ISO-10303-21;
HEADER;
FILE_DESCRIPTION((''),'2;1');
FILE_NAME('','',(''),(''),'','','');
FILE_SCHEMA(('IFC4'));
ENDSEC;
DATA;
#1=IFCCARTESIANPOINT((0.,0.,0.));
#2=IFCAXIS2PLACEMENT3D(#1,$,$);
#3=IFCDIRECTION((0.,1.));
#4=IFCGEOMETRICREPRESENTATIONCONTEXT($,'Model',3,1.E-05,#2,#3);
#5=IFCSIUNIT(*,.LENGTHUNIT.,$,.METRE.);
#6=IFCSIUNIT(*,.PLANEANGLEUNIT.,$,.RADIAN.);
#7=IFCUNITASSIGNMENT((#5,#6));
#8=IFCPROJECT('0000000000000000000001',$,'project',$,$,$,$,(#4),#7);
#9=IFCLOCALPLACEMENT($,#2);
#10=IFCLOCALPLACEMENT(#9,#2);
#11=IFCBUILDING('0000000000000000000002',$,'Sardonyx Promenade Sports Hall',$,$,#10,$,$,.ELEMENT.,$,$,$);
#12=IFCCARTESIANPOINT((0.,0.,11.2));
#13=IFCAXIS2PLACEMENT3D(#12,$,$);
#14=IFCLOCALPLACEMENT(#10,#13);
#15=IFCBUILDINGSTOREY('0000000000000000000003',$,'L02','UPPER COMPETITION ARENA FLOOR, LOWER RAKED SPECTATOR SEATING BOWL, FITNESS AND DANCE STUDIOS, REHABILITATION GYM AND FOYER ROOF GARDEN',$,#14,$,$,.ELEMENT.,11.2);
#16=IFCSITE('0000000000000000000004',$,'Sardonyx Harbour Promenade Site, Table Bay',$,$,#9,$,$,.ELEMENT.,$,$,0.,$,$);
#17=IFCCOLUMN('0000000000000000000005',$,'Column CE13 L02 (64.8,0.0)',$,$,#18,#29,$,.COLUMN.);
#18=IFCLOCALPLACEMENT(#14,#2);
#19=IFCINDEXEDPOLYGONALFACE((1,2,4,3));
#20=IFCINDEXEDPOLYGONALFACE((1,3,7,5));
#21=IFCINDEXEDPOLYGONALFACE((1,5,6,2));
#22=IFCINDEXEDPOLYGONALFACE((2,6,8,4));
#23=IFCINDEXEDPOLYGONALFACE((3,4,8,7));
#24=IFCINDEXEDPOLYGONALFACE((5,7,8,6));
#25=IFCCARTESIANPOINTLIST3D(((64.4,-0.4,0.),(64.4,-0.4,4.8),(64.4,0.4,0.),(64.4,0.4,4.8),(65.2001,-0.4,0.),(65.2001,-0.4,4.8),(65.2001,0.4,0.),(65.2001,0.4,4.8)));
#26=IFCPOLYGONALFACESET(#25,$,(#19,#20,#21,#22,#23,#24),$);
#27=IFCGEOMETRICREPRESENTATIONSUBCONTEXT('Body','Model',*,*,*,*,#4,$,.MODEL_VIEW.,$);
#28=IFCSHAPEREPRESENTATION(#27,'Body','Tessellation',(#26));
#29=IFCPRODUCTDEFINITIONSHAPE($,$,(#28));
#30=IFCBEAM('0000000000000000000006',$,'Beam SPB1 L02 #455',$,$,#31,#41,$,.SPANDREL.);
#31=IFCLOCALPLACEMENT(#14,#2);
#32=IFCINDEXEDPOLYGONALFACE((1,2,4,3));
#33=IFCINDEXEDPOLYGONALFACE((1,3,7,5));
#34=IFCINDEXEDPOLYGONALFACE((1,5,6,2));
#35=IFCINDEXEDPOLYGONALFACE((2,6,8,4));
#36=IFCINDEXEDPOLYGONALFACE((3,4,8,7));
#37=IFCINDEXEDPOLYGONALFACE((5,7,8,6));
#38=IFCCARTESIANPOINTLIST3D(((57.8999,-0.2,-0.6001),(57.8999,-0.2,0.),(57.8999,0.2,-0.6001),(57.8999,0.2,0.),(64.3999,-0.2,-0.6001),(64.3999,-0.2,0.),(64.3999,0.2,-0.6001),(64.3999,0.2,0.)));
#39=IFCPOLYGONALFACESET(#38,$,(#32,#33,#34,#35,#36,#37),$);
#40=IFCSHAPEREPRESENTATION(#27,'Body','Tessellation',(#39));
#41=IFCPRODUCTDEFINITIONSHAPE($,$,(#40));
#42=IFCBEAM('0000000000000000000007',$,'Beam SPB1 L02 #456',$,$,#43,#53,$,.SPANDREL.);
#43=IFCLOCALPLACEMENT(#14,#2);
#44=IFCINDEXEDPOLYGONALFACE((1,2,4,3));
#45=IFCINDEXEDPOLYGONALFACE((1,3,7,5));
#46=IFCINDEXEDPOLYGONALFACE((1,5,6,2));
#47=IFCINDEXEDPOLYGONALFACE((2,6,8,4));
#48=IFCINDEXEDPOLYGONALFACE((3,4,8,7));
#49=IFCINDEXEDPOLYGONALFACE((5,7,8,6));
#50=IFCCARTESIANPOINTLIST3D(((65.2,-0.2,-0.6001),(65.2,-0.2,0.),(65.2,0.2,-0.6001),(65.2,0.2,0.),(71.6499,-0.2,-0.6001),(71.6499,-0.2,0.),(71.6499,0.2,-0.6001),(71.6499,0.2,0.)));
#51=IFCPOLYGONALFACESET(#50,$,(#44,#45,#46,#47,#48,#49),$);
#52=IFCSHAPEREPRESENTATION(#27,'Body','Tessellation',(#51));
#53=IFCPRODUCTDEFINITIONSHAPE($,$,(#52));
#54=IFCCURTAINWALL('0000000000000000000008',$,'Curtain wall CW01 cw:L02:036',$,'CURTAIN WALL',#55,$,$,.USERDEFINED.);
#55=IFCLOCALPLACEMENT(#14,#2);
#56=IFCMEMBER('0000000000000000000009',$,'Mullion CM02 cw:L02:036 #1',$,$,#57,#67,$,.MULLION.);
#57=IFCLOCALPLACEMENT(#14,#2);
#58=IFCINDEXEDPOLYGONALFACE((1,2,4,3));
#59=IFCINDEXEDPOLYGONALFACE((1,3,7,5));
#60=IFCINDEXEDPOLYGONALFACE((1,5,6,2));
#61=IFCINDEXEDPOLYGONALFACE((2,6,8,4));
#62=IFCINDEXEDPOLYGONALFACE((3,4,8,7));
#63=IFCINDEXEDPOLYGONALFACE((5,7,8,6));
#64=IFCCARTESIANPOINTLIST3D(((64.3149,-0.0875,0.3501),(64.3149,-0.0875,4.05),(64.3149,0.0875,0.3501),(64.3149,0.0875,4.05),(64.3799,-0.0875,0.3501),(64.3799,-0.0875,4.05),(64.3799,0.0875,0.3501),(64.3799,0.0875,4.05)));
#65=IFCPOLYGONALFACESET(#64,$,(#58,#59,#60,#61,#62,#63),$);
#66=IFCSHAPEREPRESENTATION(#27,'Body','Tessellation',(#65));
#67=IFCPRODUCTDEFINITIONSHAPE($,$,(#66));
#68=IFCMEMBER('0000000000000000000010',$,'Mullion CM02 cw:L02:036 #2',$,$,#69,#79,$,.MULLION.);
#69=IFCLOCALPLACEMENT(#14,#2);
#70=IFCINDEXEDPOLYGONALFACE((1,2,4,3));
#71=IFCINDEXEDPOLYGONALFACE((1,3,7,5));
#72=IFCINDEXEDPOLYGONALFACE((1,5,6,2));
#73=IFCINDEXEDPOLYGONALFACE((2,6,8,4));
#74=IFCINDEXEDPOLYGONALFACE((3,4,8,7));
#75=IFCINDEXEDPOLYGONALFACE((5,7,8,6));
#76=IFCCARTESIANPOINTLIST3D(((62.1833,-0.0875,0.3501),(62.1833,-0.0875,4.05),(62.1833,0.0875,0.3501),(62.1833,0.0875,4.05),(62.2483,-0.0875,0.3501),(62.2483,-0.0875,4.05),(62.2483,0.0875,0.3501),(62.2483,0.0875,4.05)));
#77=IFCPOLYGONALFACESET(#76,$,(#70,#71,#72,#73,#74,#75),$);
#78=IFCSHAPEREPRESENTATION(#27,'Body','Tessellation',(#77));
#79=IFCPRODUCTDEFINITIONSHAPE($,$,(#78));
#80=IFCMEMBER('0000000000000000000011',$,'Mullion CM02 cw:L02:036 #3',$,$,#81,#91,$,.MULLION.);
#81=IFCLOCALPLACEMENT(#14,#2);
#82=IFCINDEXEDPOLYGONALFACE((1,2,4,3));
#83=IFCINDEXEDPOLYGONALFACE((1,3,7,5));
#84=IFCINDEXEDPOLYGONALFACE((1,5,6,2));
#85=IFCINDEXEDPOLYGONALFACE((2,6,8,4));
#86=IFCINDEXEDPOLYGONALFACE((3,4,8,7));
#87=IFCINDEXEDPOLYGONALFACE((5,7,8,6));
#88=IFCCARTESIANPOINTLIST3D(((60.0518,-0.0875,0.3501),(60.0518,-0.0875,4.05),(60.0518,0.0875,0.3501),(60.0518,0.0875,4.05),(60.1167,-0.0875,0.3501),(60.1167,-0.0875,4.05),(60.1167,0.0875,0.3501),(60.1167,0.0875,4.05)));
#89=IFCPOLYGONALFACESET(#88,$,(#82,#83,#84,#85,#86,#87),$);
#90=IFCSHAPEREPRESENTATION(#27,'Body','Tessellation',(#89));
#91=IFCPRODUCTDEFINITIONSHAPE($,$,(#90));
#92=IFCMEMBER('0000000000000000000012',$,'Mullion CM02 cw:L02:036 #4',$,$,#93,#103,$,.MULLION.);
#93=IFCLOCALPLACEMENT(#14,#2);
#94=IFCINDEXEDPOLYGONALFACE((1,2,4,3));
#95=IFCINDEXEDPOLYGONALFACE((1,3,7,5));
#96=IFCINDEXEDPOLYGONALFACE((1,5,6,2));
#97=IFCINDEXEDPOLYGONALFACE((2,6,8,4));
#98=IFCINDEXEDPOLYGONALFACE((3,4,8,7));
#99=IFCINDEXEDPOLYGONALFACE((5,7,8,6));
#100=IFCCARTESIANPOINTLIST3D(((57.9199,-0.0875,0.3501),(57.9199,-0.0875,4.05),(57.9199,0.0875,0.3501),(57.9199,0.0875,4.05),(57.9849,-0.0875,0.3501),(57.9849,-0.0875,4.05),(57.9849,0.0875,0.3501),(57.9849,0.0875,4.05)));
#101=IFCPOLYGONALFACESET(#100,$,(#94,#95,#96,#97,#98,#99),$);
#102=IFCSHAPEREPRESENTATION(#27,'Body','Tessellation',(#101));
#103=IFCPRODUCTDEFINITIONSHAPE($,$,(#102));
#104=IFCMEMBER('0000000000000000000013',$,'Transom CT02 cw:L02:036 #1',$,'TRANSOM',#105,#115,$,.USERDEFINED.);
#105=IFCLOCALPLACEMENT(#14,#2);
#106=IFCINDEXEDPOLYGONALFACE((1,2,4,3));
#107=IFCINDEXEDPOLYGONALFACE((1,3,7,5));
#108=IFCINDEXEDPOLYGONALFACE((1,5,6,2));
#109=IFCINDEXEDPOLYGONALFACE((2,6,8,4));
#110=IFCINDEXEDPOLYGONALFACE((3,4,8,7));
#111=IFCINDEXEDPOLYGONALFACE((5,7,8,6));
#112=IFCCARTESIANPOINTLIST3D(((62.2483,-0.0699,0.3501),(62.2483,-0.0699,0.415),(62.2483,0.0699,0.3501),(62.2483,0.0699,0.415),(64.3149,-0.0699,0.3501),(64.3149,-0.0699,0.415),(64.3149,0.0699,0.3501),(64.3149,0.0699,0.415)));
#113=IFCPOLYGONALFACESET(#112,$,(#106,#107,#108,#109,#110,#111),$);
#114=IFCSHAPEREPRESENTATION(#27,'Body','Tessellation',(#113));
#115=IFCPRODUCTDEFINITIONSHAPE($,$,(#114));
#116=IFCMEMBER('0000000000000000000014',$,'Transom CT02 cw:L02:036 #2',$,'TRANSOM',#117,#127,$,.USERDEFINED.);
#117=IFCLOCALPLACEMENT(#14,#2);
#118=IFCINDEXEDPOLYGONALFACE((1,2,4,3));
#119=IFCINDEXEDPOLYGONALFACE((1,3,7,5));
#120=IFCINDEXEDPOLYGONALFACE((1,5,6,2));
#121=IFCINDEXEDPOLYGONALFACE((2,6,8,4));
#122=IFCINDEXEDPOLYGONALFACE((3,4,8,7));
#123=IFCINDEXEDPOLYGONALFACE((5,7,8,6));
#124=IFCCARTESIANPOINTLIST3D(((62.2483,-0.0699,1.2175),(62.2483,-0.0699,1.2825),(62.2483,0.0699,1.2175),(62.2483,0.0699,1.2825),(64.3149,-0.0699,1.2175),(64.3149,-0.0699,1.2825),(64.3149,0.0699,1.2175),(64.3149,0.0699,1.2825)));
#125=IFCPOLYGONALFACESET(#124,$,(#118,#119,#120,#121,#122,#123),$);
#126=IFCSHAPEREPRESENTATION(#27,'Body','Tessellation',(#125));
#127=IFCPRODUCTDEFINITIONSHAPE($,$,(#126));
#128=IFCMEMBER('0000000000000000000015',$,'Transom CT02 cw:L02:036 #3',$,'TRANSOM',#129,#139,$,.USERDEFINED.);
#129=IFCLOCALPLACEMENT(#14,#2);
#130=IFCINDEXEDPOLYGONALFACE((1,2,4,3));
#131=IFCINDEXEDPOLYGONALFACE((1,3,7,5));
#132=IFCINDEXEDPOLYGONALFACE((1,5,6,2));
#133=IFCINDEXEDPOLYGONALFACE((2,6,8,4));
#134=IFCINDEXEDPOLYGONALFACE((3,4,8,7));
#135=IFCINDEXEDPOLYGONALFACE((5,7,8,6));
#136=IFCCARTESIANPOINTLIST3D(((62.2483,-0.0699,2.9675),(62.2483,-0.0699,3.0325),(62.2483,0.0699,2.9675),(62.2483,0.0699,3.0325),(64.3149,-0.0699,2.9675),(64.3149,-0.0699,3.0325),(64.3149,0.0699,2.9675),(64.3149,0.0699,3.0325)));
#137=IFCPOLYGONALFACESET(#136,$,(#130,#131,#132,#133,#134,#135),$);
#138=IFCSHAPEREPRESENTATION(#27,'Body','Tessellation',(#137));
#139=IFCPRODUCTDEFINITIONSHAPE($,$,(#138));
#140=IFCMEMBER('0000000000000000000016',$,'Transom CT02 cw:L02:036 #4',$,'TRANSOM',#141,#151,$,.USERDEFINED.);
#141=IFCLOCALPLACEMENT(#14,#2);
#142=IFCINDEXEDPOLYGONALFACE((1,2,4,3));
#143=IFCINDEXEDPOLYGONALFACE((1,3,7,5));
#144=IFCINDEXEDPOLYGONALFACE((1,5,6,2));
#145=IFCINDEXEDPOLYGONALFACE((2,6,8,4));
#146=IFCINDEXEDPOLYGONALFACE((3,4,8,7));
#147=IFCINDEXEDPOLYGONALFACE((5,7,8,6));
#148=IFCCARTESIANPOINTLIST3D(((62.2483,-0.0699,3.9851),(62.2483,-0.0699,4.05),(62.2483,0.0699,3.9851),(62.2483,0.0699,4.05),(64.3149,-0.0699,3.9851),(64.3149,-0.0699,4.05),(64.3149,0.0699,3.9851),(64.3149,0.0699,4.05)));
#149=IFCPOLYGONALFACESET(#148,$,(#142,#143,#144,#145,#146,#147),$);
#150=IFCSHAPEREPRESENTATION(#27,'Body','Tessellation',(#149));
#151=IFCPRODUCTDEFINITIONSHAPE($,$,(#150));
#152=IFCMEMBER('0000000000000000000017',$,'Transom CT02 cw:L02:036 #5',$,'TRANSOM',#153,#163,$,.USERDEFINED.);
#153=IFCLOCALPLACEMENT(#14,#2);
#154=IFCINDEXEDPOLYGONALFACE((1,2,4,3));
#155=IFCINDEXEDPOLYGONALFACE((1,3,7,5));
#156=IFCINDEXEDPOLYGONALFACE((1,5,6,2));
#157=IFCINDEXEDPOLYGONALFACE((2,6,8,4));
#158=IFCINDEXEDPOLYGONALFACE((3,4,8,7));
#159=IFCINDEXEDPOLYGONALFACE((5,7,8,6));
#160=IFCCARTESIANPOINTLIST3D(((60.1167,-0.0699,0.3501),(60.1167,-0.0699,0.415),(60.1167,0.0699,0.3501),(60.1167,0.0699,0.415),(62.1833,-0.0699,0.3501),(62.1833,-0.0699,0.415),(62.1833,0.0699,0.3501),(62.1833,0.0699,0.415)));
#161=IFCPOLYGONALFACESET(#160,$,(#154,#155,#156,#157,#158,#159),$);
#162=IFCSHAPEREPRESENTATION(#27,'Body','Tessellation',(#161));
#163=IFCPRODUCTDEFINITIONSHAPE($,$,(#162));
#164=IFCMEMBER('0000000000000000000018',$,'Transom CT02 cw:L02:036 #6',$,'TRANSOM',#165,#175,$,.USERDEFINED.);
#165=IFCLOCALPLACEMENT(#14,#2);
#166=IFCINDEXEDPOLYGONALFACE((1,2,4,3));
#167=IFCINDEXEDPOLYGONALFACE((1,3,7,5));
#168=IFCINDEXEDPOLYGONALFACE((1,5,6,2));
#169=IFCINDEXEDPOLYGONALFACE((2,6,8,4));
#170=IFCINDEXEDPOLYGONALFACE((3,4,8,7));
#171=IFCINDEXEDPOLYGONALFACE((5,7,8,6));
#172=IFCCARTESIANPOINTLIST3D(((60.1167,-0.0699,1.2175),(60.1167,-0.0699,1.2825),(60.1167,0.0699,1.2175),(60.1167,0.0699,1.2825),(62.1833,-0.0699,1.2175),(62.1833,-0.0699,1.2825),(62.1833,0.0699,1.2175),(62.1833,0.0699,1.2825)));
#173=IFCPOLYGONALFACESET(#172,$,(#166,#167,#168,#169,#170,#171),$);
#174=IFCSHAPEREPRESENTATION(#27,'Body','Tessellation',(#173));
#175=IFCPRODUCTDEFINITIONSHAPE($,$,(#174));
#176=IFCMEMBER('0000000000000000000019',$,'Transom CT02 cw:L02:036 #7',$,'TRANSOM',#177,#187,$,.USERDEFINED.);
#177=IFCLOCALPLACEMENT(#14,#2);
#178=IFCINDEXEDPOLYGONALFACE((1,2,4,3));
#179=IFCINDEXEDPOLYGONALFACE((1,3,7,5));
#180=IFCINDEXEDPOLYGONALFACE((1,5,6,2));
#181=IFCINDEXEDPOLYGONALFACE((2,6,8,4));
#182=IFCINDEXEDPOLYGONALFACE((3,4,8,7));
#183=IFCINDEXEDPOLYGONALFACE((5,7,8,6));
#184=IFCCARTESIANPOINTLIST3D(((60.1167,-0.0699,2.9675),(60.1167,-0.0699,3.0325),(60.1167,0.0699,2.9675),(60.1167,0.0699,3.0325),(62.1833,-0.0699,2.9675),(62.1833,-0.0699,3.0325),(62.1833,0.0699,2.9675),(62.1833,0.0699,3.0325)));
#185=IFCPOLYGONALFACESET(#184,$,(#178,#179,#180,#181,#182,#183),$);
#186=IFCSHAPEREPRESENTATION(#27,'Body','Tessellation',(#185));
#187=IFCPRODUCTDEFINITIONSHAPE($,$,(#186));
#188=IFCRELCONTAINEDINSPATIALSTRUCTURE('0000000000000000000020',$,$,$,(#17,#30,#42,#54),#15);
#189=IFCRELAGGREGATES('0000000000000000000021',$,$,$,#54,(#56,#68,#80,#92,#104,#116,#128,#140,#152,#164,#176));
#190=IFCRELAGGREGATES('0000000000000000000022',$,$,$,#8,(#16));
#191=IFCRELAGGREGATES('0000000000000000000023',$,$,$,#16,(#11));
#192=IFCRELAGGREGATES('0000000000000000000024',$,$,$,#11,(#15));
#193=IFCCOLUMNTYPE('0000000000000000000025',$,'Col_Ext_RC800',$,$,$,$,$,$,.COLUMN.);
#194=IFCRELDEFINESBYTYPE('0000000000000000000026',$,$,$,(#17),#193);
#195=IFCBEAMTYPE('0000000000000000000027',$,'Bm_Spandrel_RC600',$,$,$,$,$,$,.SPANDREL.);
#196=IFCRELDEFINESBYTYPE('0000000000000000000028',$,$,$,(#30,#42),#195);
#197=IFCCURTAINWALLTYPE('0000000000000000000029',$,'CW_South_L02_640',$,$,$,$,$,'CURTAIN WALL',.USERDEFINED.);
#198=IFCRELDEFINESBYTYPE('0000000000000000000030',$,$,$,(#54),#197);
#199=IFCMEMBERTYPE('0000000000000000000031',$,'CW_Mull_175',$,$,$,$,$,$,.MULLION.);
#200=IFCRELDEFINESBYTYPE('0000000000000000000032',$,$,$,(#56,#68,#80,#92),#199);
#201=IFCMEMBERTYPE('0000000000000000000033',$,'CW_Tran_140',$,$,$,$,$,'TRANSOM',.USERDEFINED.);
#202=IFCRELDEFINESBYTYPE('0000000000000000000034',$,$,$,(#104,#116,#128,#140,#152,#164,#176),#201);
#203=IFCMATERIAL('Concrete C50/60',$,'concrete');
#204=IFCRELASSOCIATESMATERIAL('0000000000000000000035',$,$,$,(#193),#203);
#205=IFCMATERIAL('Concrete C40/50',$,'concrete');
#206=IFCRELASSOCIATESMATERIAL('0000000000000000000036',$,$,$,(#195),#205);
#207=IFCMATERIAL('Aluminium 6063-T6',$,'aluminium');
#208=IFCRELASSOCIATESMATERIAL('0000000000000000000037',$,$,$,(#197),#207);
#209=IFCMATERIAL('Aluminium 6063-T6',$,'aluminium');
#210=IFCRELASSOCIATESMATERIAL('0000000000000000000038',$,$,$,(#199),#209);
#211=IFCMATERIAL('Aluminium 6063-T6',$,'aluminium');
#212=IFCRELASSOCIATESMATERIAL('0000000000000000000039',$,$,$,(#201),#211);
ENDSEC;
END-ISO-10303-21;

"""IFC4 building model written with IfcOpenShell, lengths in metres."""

from ifc_helpers import new_model, si_unit, direction, frame, origin, origin_2d, place, context, subcontext, project, spatial, rectangle, extrude, material, material_profile, profile_set, type_object, element, aggregate, save


model = new_model("IFC4")

# Units and contexts
model_context = context("Model", 3, precision=1e-05, world=origin(), true_north=direction((0.0, 1.0)))
body_context = subcontext(model_context, "Body", "Model", "MODEL_VIEW")
ifc_project = project(units=[si_unit("LENGTHUNIT", "METRE"), si_unit("PLANEANGLEUNIT", "RADIAN")], contexts=[model_context])

# Site, building, storey
site_placement = place(None, origin())
site = spatial("IfcSite", under=ifc_project, at=site_placement, Name="Sardonyx Harbour Promenade Site, Table Bay", CompositionType="ELEMENT", RefElevation=0.0)
building_placement = place(site_placement, origin())
building = spatial("IfcBuilding", under=site, at=building_placement, Name="Sardonyx Promenade Sports Hall", CompositionType="ELEMENT")
storey_placement = place(building_placement, frame((0.0, 0.0, 11.2)))
storey = spatial("IfcBuildingStorey", under=building, at=storey_placement, Name="L02", Description="UPPER COMPETITION ARENA FLOOR, LOWER RAKED SPECTATOR SEATING BOWL, FITNESS AND DANCE STUDIOS, REHABILITATION GYM AND FOYER ROOF GARDEN", CompositionType="ELEMENT", Elevation=11.2)

# Column
ifc_material_1 = material(Name="Concrete C50/60", Category="concrete")
ifc_material_profile_1 = material_profile(ifc_material_1, rectangle(XDim=0.8, YDim=0.8, at=origin_2d()))
ifc_profile_set_1 = profile_set([ifc_material_profile_1], Name="Concrete C50/60")
column_type = type_object("IfcColumnType", Name="Col_Ext_RC800", PredefinedType="COLUMN", material=ifc_profile_set_1)
column_placement = place(storey_placement, frame((64.8, 0.0, 0.0), z_axis=(0.0, 0.0, 1.0), x_axis=(1.0, 0.0, 0.0)))
element("IfcColumn", 1, at=column_placement, inside=storey, type_object=column_type, Name="Column CE13 L02 (64.8,0.0)", PredefinedType="COLUMN", context=body_context, shape_type="SweptSolid", body=[
    extrude(rectangle(XDim=0.8, YDim=0.8, at=origin_2d()), origin(), (0.0, 0.0, 1.0), 4.8),
])

# Beams
ifc_material_2 = material(Name="Concrete C40/50", Category="concrete")
ifc_material_profile_2 = material_profile(ifc_material_2, rectangle(XDim=0.3999, YDim=0.6001, at=origin_2d()))
ifc_profile_set_2 = profile_set([ifc_material_profile_2], Name="Concrete C40/50")
beam_type = type_object("IfcBeamType", Name="Bm_Spandrel_RC600", PredefinedType="SPANDREL", material=ifc_profile_set_2)
beam_1_placement = place(storey_placement, frame((57.8999, 0.0, -0.3), z_axis=(1.0, 0.0, 0.0), x_axis=(0.0, 1.0, 0.0)))
element("IfcBeam", 2, at=beam_1_placement, inside=storey, type_object=beam_type, Name="Beam SPB1 L02 #455", PredefinedType="SPANDREL", context=body_context, shape_type="SweptSolid", body=[
    extrude(rectangle(XDim=0.3999, YDim=0.6001, at=origin_2d()), origin(), (0.0, 0.0, 1.0), 6.5),
])
beam_2_placement = place(storey_placement, frame((65.2, 0.0, -0.3), z_axis=(1.0, 0.0, 0.0), x_axis=(0.0, 1.0, 0.0)))
element("IfcBeam", 3, at=beam_2_placement, inside=storey, type_object=beam_type, Name="Beam SPB1 L02 #456", PredefinedType="SPANDREL", context=body_context, shape_type="SweptSolid", body=[
    extrude(rectangle(XDim=0.3999, YDim=0.6001, at=origin_2d()), origin(), (0.0, 0.0, 1.0), 6.45),
])

# Curtain wall, members
ifc_material_3 = material(Name="Aluminium 6063-T6", Category="aluminium")
curtain_wall_type = type_object("IfcCurtainWallType", Name="CW_South_L02_640", ElementType="CURTAIN WALL", PredefinedType="USERDEFINED", material=ifc_material_3)
curtain_wall_placement = place(storey_placement, origin())
curtain_wall = element("IfcCurtainWall", 4, at=curtain_wall_placement, inside=storey, type_object=curtain_wall_type, Name="Curtain wall CW01 cw:L02:036", ObjectType="CURTAIN WALL", PredefinedType="USERDEFINED")
ifc_material_4 = material(Name="Aluminium 6063-T6", Category="aluminium")
ifc_material_profile_3 = material_profile(ifc_material_4, rectangle(XDim=0.0649, YDim=0.175, at=origin_2d()))
ifc_profile_set_3 = profile_set([ifc_material_profile_3], Name="Aluminium 6063-T6")
member_type_1 = type_object("IfcMemberType", Name="CW_Mull_175", PredefinedType="MULLION", material=ifc_profile_set_3)
member_1_placement = place(storey_placement, frame((64.3474, 0.0, 0.3501), z_axis=(0.0, 0.0, 1.0), x_axis=(-1.0, 0.0, 0.0)))
member_1 = element("IfcMember", 5, at=member_1_placement, type_object=member_type_1, Name="Mullion CM02 cw:L02:036 #1", PredefinedType="MULLION", context=body_context, shape_type="SweptSolid", body=[
    extrude(rectangle(XDim=0.0649, YDim=0.175, at=origin_2d()), origin(), (0.0, 0.0, 1.0), 3.7),
])
member_2_placement = place(storey_placement, frame((62.2158, 0.0, 0.3501), z_axis=(0.0, 0.0, 1.0), x_axis=(-1.0, 0.0, 0.0)))
member_2 = element("IfcMember", 6, at=member_2_placement, type_object=member_type_1, Name="Mullion CM02 cw:L02:036 #2", PredefinedType="MULLION", context=body_context, shape_type="SweptSolid", body=[
    extrude(rectangle(XDim=0.0649, YDim=0.175, at=origin_2d()), origin(), (0.0, 0.0, 1.0), 3.7),
])
member_3_placement = place(storey_placement, frame((60.0842, 0.0, 0.3501), z_axis=(0.0, 0.0, 1.0), x_axis=(-1.0, 0.0, 0.0)))
member_3 = element("IfcMember", 7, at=member_3_placement, type_object=member_type_1, Name="Mullion CM02 cw:L02:036 #3", PredefinedType="MULLION", context=body_context, shape_type="SweptSolid", body=[
    extrude(rectangle(XDim=0.0649, YDim=0.175, at=origin_2d()), origin(), (0.0, 0.0, 1.0), 3.7),
])
member_4_placement = place(storey_placement, frame((57.9524, 0.0, 0.3501), z_axis=(0.0, 0.0, 1.0), x_axis=(-1.0, 0.0, 0.0)))
member_4 = element("IfcMember", 8, at=member_4_placement, type_object=member_type_1, Name="Mullion CM02 cw:L02:036 #4", PredefinedType="MULLION", context=body_context, shape_type="SweptSolid", body=[
    extrude(rectangle(XDim=0.0649, YDim=0.175, at=origin_2d()), origin(), (0.0, 0.0, 1.0), 3.7),
])
ifc_material_5 = material(Name="Aluminium 6063-T6", Category="aluminium")
ifc_material_profile_4 = material_profile(ifc_material_5, rectangle(XDim=0.0649, YDim=0.1399, at=origin_2d()))
ifc_profile_set_4 = profile_set([ifc_material_profile_4], Name="Aluminium 6063-T6")
member_type_2 = type_object("IfcMemberType", Name="CW_Tran_140", ElementType="TRANSOM", PredefinedType="USERDEFINED", material=ifc_profile_set_4)
member_5_placement = place(storey_placement, frame((64.3149, 0.0, 0.3826), z_axis=(-1.0, 0.0, 0.0), x_axis=(0.0, 0.0, 1.0)))
member_5 = element("IfcMember", 9, at=member_5_placement, type_object=member_type_2, Name="Transom CT02 cw:L02:036 #1", ObjectType="TRANSOM", PredefinedType="USERDEFINED", context=body_context, shape_type="SweptSolid", body=[
    extrude(rectangle(XDim=0.0649, YDim=0.1399, at=origin_2d()), origin(), (0.0, 0.0, 1.0), 2.0667),
])
member_6_placement = place(storey_placement, frame((64.3149, 0.0, 1.25), z_axis=(-1.0, 0.0, 0.0), x_axis=(0.0, 0.0, 1.0)))
member_6 = element("IfcMember", 10, at=member_6_placement, type_object=member_type_2, Name="Transom CT02 cw:L02:036 #2", ObjectType="TRANSOM", PredefinedType="USERDEFINED", context=body_context, shape_type="SweptSolid", body=[
    extrude(rectangle(XDim=0.0649, YDim=0.1399, at=origin_2d()), origin(), (0.0, 0.0, 1.0), 2.0667),
])
member_7_placement = place(storey_placement, frame((64.3149, 0.0, 3.0), z_axis=(-1.0, 0.0, 0.0), x_axis=(0.0, 0.0, 1.0)))
member_7 = element("IfcMember", 11, at=member_7_placement, type_object=member_type_2, Name="Transom CT02 cw:L02:036 #3", ObjectType="TRANSOM", PredefinedType="USERDEFINED", context=body_context, shape_type="SweptSolid", body=[
    extrude(rectangle(XDim=0.0649, YDim=0.1399, at=origin_2d()), origin(), (0.0, 0.0, 1.0), 2.0667),
])
member_8_placement = place(storey_placement, frame((64.3149, 0.0, 4.0176), z_axis=(-1.0, 0.0, 0.0), x_axis=(0.0, 0.0, 1.0)))
member_8 = element("IfcMember", 12, at=member_8_placement, type_object=member_type_2, Name="Transom CT02 cw:L02:036 #4", ObjectType="TRANSOM", PredefinedType="USERDEFINED", context=body_context, shape_type="SweptSolid", body=[
    extrude(rectangle(XDim=0.0649, YDim=0.1399, at=origin_2d()), origin(), (0.0, 0.0, 1.0), 2.0667),
])
member_9_placement = place(storey_placement, frame((62.1833, 0.0, 0.3826), z_axis=(-1.0, 0.0, 0.0), x_axis=(0.0, 0.0, 1.0)))
member_9 = element("IfcMember", 13, at=member_9_placement, type_object=member_type_2, Name="Transom CT02 cw:L02:036 #5", ObjectType="TRANSOM", PredefinedType="USERDEFINED", context=body_context, shape_type="SweptSolid", body=[
    extrude(rectangle(XDim=0.0649, YDim=0.1399, at=origin_2d()), origin(), (0.0, 0.0, 1.0), 2.0667),
])
member_10_placement = place(storey_placement, frame((62.1833, 0.0, 1.25), z_axis=(-1.0, 0.0, 0.0), x_axis=(0.0, 0.0, 1.0)))
member_10 = element("IfcMember", 14, at=member_10_placement, type_object=member_type_2, Name="Transom CT02 cw:L02:036 #6", ObjectType="TRANSOM", PredefinedType="USERDEFINED", context=body_context, shape_type="SweptSolid", body=[
    extrude(rectangle(XDim=0.0649, YDim=0.1399, at=origin_2d()), origin(), (0.0, 0.0, 1.0), 2.0667),
])
member_11_placement = place(storey_placement, frame((62.1833, 0.0, 3.0), z_axis=(-1.0, 0.0, 0.0), x_axis=(0.0, 0.0, 1.0)))
member_11 = element("IfcMember", 15, at=member_11_placement, type_object=member_type_2, Name="Transom CT02 cw:L02:036 #7", ObjectType="TRANSOM", PredefinedType="USERDEFINED", context=body_context, shape_type="SweptSolid", body=[
    extrude(rectangle(XDim=0.0649, YDim=0.1399, at=origin_2d()), origin(), (0.0, 0.0, 1.0), 2.0667),
])
aggregate(curtain_wall, [member_1, member_2, member_3, member_4, member_5, member_6, member_7, member_8, member_9, member_10, member_11])

save(model, "model.ifc")
